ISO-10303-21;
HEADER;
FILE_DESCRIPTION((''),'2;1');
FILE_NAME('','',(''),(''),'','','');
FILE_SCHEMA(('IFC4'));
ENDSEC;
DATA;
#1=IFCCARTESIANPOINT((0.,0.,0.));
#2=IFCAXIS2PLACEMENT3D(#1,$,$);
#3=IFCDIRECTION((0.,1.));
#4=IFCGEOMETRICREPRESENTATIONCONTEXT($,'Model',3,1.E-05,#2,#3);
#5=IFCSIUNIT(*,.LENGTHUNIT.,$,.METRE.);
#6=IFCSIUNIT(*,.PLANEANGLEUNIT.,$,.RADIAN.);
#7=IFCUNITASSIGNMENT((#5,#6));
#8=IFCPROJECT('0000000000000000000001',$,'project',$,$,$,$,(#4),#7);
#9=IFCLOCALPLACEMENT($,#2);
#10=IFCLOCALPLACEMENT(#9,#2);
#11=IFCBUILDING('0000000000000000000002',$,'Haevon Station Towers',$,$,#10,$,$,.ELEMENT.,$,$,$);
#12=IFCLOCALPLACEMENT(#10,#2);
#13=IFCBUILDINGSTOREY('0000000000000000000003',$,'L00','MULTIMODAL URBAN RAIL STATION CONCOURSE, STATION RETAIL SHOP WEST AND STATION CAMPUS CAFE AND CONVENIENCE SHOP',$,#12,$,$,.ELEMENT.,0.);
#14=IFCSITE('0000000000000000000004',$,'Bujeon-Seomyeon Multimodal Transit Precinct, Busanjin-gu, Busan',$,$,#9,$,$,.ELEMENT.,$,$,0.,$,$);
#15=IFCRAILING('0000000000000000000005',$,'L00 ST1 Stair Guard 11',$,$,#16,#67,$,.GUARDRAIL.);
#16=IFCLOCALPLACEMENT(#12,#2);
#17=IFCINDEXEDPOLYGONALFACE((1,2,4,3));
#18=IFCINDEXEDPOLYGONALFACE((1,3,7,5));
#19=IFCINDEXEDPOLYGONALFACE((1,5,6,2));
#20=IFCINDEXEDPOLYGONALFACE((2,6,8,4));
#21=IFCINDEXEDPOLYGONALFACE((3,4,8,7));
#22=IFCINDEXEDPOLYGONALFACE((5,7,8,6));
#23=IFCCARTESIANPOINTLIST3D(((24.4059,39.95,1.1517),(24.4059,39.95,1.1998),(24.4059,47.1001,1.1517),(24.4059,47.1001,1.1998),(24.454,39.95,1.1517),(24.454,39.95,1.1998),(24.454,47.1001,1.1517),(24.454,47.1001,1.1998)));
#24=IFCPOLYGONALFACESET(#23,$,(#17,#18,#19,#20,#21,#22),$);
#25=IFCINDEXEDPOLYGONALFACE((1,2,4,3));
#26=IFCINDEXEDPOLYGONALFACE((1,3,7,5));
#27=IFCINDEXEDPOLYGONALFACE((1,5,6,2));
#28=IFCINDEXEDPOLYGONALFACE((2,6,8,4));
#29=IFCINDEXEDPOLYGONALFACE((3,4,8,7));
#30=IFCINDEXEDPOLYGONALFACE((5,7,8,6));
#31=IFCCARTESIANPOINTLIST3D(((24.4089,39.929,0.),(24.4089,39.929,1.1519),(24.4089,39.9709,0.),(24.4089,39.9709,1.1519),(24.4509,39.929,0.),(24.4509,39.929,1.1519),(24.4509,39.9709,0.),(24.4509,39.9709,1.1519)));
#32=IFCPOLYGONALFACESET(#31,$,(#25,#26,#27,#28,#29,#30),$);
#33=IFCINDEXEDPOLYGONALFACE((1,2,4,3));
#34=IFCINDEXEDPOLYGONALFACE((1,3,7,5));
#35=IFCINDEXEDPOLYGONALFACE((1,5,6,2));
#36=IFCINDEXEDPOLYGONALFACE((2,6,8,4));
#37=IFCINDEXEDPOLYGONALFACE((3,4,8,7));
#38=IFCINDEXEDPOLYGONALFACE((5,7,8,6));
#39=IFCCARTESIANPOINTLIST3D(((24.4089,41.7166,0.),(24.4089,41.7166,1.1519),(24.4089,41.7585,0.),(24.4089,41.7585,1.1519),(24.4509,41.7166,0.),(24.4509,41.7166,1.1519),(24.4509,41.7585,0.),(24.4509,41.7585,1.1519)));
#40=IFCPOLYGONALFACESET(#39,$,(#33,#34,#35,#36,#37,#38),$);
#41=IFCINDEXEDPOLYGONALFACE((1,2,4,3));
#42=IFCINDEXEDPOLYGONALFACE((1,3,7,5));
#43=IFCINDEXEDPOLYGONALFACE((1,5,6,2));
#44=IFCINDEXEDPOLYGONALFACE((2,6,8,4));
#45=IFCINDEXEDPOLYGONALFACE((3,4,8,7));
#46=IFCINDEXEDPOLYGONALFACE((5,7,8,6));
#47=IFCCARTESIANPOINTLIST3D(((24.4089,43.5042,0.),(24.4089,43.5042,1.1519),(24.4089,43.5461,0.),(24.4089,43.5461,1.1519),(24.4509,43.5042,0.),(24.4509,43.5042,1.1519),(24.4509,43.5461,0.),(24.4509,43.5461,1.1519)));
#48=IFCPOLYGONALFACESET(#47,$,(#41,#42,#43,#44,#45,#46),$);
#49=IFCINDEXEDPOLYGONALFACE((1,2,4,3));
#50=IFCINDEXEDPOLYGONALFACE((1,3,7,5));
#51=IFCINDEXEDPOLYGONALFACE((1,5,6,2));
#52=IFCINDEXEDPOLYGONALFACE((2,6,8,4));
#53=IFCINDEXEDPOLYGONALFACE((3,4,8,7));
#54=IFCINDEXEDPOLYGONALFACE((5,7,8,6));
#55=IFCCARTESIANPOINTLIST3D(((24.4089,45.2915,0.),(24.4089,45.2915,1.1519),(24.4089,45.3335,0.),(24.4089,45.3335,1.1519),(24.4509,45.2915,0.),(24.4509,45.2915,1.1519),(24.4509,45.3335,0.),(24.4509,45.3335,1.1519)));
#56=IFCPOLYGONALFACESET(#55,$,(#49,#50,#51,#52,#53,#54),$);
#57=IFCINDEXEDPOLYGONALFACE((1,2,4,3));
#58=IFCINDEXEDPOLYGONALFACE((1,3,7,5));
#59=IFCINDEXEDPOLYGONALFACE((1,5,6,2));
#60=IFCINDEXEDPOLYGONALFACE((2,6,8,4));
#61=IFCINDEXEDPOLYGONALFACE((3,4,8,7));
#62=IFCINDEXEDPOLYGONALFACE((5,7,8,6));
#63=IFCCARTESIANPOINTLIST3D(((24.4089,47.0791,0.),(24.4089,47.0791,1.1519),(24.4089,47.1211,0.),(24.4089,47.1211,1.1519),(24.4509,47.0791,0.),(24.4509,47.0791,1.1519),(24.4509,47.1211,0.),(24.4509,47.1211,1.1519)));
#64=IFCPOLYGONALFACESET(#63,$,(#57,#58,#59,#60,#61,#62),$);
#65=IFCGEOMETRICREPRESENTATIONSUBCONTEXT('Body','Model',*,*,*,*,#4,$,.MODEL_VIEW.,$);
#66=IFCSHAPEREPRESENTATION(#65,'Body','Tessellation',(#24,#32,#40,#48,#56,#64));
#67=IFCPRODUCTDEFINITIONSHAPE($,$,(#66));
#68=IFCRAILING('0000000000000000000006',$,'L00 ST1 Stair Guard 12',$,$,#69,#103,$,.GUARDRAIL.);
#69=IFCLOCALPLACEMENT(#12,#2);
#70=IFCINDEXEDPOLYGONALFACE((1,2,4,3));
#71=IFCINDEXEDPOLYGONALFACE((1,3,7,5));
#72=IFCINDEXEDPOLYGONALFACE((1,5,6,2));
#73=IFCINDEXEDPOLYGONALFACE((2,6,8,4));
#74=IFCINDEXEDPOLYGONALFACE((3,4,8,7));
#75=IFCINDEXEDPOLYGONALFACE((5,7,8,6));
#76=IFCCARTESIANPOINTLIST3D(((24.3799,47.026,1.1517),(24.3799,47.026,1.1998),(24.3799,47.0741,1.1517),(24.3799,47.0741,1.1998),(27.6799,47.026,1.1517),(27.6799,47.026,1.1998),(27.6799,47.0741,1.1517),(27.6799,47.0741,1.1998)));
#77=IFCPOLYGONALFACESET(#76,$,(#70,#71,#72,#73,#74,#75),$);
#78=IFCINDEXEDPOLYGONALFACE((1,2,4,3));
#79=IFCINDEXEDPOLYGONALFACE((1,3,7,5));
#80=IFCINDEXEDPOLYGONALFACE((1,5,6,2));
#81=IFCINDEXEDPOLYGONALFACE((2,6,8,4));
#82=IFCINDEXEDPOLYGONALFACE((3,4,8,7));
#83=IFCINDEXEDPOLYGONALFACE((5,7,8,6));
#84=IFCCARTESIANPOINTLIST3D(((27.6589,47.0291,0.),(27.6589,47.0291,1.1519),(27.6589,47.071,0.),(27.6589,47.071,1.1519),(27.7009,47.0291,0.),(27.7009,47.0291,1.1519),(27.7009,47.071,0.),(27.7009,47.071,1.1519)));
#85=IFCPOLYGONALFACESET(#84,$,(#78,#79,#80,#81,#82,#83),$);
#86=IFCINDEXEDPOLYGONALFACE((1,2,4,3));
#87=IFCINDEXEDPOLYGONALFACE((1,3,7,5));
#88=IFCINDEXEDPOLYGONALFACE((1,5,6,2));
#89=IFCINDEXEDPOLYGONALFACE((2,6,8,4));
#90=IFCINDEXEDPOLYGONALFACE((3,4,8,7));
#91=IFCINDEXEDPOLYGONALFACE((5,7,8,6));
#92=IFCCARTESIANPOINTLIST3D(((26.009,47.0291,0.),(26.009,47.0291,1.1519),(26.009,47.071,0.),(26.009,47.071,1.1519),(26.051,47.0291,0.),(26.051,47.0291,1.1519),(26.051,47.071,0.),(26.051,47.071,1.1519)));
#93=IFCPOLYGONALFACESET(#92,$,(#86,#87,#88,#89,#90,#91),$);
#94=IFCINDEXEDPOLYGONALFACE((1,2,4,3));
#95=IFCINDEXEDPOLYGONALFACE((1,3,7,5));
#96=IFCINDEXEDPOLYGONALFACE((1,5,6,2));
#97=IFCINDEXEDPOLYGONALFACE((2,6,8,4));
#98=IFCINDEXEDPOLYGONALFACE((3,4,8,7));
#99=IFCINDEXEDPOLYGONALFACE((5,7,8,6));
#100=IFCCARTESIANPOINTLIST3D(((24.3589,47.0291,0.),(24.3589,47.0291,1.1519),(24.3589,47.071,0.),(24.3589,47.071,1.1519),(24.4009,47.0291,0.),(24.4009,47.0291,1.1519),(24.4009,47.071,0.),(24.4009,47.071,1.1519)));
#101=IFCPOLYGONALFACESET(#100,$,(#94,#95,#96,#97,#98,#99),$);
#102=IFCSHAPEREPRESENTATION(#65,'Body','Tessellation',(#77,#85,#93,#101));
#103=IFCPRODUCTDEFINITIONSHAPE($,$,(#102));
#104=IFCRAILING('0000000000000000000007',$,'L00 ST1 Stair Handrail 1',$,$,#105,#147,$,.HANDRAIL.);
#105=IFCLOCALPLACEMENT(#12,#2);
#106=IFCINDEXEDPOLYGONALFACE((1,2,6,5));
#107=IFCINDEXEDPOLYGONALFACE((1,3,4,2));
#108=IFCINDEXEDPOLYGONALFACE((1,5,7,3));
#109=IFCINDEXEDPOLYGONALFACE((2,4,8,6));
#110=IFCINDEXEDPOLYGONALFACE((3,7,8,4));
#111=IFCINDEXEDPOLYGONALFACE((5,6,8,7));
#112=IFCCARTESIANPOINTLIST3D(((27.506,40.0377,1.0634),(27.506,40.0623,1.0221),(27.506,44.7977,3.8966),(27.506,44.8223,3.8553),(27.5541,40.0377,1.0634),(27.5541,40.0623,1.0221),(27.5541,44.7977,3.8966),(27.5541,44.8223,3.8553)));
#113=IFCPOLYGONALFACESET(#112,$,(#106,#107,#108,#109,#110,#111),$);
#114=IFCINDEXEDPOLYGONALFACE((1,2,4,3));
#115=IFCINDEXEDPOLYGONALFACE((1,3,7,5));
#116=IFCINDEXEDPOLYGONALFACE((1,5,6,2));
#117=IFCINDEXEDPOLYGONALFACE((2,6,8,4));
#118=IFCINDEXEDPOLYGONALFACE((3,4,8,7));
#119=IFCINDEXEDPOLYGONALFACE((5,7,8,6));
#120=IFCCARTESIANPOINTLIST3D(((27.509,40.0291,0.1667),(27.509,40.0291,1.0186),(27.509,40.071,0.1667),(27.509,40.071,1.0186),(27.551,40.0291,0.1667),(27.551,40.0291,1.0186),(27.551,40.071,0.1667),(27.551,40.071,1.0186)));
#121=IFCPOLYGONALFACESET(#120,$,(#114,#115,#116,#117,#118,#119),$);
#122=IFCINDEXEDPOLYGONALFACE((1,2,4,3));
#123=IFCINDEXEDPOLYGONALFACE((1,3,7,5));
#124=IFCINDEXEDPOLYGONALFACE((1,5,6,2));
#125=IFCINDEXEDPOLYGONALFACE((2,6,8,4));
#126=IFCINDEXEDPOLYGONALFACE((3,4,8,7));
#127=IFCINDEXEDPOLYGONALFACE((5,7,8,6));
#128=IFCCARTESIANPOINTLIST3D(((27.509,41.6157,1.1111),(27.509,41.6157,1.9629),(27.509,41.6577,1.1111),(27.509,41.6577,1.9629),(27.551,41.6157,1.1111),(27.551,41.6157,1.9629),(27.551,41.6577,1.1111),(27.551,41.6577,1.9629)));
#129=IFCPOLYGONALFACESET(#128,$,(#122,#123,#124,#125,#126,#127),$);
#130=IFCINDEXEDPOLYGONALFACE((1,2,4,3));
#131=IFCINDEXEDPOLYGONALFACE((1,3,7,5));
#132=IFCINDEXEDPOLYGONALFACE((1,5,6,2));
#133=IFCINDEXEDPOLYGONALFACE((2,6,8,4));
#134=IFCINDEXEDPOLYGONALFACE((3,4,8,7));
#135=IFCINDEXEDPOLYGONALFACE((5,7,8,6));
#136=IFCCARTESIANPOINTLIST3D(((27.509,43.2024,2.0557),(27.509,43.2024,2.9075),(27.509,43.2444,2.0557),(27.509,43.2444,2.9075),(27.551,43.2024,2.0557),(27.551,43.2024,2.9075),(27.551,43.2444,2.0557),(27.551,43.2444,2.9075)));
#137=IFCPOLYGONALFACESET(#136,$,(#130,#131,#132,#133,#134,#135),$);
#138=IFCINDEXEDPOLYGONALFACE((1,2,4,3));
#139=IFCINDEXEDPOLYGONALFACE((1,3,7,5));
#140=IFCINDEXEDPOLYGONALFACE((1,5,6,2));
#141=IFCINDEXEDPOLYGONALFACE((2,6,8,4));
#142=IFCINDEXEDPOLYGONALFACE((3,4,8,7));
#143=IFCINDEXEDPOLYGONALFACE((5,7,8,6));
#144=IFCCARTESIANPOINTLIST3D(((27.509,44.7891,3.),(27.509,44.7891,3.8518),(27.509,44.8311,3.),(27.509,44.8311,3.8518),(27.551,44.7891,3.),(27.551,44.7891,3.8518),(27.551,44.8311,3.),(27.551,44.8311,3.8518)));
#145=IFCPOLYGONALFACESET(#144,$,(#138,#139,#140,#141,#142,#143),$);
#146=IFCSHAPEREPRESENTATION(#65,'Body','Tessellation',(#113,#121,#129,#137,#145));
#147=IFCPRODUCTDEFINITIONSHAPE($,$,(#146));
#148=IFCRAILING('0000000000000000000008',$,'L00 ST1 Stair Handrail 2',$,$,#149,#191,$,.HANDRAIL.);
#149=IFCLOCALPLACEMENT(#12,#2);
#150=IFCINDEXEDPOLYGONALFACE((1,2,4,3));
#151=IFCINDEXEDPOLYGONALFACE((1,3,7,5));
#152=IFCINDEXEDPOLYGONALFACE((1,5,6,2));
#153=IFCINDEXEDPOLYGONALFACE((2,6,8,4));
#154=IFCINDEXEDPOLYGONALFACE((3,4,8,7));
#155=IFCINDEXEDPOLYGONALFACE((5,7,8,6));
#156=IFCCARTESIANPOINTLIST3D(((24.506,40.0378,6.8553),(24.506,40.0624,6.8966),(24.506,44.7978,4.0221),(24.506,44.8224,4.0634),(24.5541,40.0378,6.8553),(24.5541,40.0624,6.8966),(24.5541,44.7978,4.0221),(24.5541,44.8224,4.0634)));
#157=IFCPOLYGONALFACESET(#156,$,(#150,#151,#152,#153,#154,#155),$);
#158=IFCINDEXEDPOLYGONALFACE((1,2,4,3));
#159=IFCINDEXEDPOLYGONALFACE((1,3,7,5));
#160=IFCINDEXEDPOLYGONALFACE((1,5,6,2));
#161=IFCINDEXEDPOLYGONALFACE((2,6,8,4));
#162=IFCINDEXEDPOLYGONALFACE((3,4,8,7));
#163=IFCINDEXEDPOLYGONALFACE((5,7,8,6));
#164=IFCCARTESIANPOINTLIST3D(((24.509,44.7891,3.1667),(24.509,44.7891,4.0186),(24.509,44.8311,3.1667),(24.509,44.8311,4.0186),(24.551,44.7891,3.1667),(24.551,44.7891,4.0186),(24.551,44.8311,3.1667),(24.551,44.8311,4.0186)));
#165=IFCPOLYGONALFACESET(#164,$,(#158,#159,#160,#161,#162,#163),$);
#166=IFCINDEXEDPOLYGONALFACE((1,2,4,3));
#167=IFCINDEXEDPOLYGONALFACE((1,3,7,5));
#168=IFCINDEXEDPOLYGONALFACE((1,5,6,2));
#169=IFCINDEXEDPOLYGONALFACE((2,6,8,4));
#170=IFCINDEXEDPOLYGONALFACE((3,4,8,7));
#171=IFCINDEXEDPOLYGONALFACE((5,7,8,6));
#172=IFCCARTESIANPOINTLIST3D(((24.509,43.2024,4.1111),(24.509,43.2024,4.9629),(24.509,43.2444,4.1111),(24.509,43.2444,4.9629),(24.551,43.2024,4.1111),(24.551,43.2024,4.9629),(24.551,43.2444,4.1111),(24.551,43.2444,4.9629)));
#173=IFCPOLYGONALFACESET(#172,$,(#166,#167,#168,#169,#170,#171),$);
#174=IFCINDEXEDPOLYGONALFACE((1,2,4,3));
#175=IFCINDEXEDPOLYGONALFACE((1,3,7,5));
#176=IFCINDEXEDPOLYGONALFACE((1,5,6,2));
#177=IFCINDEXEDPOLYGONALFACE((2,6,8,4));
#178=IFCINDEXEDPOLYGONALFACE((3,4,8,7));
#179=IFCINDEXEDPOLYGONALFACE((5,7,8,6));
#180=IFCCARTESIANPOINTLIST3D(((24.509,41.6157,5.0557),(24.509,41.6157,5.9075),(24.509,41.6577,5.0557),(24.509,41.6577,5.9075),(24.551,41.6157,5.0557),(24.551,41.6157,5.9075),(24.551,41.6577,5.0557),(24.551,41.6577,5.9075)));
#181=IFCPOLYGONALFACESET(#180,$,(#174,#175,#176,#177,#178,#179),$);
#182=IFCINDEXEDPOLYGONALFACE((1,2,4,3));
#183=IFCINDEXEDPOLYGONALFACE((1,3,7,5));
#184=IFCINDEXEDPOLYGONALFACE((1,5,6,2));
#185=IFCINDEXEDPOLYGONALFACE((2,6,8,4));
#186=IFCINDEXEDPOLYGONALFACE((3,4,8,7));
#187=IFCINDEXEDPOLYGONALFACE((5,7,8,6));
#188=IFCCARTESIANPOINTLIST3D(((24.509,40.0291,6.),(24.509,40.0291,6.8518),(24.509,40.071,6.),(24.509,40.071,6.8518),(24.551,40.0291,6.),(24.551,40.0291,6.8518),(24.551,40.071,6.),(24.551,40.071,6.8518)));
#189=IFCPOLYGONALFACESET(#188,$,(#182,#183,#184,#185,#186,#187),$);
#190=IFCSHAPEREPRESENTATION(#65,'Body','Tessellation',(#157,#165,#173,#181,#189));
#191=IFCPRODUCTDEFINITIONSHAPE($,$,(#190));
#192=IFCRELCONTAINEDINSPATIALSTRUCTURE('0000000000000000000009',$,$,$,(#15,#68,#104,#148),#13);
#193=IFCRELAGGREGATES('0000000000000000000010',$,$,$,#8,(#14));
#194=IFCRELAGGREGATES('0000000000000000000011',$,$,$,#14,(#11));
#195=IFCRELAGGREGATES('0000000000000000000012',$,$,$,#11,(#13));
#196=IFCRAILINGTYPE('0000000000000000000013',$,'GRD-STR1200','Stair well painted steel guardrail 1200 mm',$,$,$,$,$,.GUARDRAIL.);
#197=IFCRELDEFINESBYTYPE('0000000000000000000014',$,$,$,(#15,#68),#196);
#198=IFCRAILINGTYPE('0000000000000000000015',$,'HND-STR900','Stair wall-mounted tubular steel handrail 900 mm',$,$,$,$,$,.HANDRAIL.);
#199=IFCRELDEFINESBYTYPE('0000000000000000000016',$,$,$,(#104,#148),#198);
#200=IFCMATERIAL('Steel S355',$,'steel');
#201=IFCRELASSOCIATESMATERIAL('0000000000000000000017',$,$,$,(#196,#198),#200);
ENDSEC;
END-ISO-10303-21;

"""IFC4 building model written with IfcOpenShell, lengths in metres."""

from ifc_helpers import new_model, si_unit, direction, frame, origin, origin_2d, place, context, subcontext, project, spatial, rectangle, extrude, material, type_object, element, save


model = new_model("IFC4")

# Units and contexts
model_context = context("Model", 3, precision=1e-05, world=origin(), true_north=direction((0.0, 1.0)))
body_context = subcontext(model_context, "Body", "Model", "MODEL_VIEW")
ifc_project = project(units=[si_unit("LENGTHUNIT", "METRE"), si_unit("PLANEANGLEUNIT", "RADIAN")], contexts=[model_context])

# Site, building, storey
site_placement = place(None, origin())
site = spatial("IfcSite", under=ifc_project, at=site_placement, Name="Bujeon-Seomyeon Multimodal Transit Precinct, Busanjin-gu, Busan", CompositionType="ELEMENT", RefElevation=0.0)
building_placement = place(site_placement, origin())
building = spatial("IfcBuilding", under=site, at=building_placement, Name="Haevon Station Towers", CompositionType="ELEMENT")
storey_placement = place(building_placement, origin())
storey = spatial("IfcBuildingStorey", under=building, at=storey_placement, Name="L00", Description="MULTIMODAL URBAN RAIL STATION CONCOURSE, STATION RETAIL SHOP WEST AND STATION CAMPUS CAFE AND CONVENIENCE SHOP", CompositionType="ELEMENT", Elevation=0.0)

# Shared definitions
ifc_material_1 = material(Name="Steel S355", Category="steel")

# Railings
railing_type_1 = type_object("IfcRailingType", Name="GRD-STR1200", Description="Stair well painted steel guardrail 1200 mm", PredefinedType="GUARDRAIL", material=ifc_material_1)
for number, where, name in (
    (1, (24.4299, 39.95, 0.0), "L00 ST1 Stair Guard 11"),
):
    element("IfcRailing", number, at=place(storey_placement, frame(where)), inside=storey, type_object=railing_type_1, Name=name, PredefinedType="GUARDRAIL", context=body_context, shape_type="SweptSolid", body=[
        extrude(rectangle(XDim=0.0481, YDim=0.0481, at=origin_2d()), frame((0.0, 0.0, 1.1758), z_axis=(0.0, 1.0, 0.0), x_axis=(-1.0, 0.0, 0.0)), (0.0, 0.0, 1.0), 7.1501),
        extrude(rectangle(XDim=0.042, YDim=0.042, at=origin_2d()), origin(), (0.0, 0.0, 1.0), 1.1519),
        extrude(rectangle(XDim=0.042, YDim=0.042, at=origin_2d()), frame((0.0, 1.7876, 0.0)), (0.0, 0.0, 1.0), 1.1519),
        extrude(rectangle(XDim=0.042, YDim=0.042, at=origin_2d()), frame((0.0, 3.5752, 0.0)), (0.0, 0.0, 1.0), 1.1519),
        extrude(rectangle(XDim=0.042, YDim=0.042, at=origin_2d()), frame((0.0, 5.3625, 0.0)), (0.0, 0.0, 1.0), 1.1519),
        extrude(rectangle(XDim=0.042, YDim=0.042, at=origin_2d()), frame((0.0, 7.1501, 0.0)), (0.0, 0.0, 1.0), 1.1519),
    ])
railing_1_placement = place(storey_placement, frame((27.6799, 47.05, 0.0)))
element("IfcRailing", 2, at=railing_1_placement, inside=storey, type_object=railing_type_1, Name="L00 ST1 Stair Guard 12", PredefinedType="GUARDRAIL", context=body_context, shape_type="SweptSolid", body=[
    extrude(rectangle(XDim=0.0481, YDim=0.0481, at=origin_2d()), frame((0.0, 0.0, 1.1758), z_axis=(-1.0, 0.0, 0.0), x_axis=(0.0, -1.0, 0.0)), (0.0, 0.0, 1.0), 3.3),
    extrude(rectangle(XDim=0.042, YDim=0.042, at=origin_2d()), origin(), (0.0, 0.0, 1.0), 1.1519),
    extrude(rectangle(XDim=0.042, YDim=0.042, at=origin_2d()), frame((-1.6499, 0.0, 0.0)), (0.0, 0.0, 1.0), 1.1519),
    extrude(rectangle(XDim=0.042, YDim=0.042, at=origin_2d()), frame((-3.3, 0.0, 0.0)), (0.0, 0.0, 1.0), 1.1519),
])
railing_type_2 = type_object("IfcRailingType", Name="HND-STR900", Description="Stair wall-mounted tubular steel handrail 900 mm", PredefinedType="HANDRAIL", material=ifc_material_1)
railing_2_placement = place(storey_placement, frame((27.53, 40.05, 0.1667)))
element("IfcRailing", 3, at=railing_2_placement, inside=storey, type_object=railing_type_2, Name="L00 ST1 Stair Handrail 1", PredefinedType="HANDRAIL", context=body_context, shape_type="SweptSolid", body=[
    extrude(rectangle(XDim=0.0481, YDim=0.0481, at=origin_2d()), frame((0.0, 0.0, 0.876), z_axis=(0.0, 0.8593, 0.511472), x_axis=(-1.0, 0.0, 0.0)), (0.0, 0.0, 1.0), 5.5393),
    extrude(rectangle(XDim=0.042, YDim=0.042, at=origin_2d()), origin(), (0.0, 0.0, 1.0), 0.8518),
    extrude(rectangle(XDim=0.042, YDim=0.042, at=origin_2d()), frame((0.0, 1.5867, 0.9443)), (0.0, 0.0, 1.0), 0.8518),
    extrude(rectangle(XDim=0.042, YDim=0.042, at=origin_2d()), frame((0.0, 3.1733, 1.8889)), (0.0, 0.0, 1.0), 0.8518),
    extrude(rectangle(XDim=0.042, YDim=0.042, at=origin_2d()), frame((0.0, 4.76, 2.8333)), (0.0, 0.0, 1.0), 0.8518),
])
railing_3_placement = place(storey_placement, frame((24.53, 44.8101, 3.1667)))
element("IfcRailing", 4, at=railing_3_placement, inside=storey, type_object=railing_type_2, Name="L00 ST1 Stair Handrail 2", PredefinedType="HANDRAIL", context=body_context, shape_type="SweptSolid", body=[
    extrude(rectangle(XDim=0.0481, YDim=0.0481, at=origin_2d()), frame((0.0, 0.0, 0.876), z_axis=(0.0, -0.8593, 0.511472), x_axis=(1.0, 0.0, 0.0)), (0.0, 0.0, 1.0), 5.5393),
    extrude(rectangle(XDim=0.042, YDim=0.042, at=origin_2d()), origin(), (0.0, 0.0, 1.0), 0.8518),
    extrude(rectangle(XDim=0.042, YDim=0.042, at=origin_2d()), frame((0.0, -1.5867, 0.9443)), (0.0, 0.0, 1.0), 0.8518),
    extrude(rectangle(XDim=0.042, YDim=0.042, at=origin_2d()), frame((0.0, -3.1733, 1.8889)), (0.0, 0.0, 1.0), 0.8518),
    extrude(rectangle(XDim=0.042, YDim=0.042, at=origin_2d()), frame((0.0, -4.76, 2.8333)), (0.0, 0.0, 1.0), 0.8518),
])

save(model, "model.ifc")
